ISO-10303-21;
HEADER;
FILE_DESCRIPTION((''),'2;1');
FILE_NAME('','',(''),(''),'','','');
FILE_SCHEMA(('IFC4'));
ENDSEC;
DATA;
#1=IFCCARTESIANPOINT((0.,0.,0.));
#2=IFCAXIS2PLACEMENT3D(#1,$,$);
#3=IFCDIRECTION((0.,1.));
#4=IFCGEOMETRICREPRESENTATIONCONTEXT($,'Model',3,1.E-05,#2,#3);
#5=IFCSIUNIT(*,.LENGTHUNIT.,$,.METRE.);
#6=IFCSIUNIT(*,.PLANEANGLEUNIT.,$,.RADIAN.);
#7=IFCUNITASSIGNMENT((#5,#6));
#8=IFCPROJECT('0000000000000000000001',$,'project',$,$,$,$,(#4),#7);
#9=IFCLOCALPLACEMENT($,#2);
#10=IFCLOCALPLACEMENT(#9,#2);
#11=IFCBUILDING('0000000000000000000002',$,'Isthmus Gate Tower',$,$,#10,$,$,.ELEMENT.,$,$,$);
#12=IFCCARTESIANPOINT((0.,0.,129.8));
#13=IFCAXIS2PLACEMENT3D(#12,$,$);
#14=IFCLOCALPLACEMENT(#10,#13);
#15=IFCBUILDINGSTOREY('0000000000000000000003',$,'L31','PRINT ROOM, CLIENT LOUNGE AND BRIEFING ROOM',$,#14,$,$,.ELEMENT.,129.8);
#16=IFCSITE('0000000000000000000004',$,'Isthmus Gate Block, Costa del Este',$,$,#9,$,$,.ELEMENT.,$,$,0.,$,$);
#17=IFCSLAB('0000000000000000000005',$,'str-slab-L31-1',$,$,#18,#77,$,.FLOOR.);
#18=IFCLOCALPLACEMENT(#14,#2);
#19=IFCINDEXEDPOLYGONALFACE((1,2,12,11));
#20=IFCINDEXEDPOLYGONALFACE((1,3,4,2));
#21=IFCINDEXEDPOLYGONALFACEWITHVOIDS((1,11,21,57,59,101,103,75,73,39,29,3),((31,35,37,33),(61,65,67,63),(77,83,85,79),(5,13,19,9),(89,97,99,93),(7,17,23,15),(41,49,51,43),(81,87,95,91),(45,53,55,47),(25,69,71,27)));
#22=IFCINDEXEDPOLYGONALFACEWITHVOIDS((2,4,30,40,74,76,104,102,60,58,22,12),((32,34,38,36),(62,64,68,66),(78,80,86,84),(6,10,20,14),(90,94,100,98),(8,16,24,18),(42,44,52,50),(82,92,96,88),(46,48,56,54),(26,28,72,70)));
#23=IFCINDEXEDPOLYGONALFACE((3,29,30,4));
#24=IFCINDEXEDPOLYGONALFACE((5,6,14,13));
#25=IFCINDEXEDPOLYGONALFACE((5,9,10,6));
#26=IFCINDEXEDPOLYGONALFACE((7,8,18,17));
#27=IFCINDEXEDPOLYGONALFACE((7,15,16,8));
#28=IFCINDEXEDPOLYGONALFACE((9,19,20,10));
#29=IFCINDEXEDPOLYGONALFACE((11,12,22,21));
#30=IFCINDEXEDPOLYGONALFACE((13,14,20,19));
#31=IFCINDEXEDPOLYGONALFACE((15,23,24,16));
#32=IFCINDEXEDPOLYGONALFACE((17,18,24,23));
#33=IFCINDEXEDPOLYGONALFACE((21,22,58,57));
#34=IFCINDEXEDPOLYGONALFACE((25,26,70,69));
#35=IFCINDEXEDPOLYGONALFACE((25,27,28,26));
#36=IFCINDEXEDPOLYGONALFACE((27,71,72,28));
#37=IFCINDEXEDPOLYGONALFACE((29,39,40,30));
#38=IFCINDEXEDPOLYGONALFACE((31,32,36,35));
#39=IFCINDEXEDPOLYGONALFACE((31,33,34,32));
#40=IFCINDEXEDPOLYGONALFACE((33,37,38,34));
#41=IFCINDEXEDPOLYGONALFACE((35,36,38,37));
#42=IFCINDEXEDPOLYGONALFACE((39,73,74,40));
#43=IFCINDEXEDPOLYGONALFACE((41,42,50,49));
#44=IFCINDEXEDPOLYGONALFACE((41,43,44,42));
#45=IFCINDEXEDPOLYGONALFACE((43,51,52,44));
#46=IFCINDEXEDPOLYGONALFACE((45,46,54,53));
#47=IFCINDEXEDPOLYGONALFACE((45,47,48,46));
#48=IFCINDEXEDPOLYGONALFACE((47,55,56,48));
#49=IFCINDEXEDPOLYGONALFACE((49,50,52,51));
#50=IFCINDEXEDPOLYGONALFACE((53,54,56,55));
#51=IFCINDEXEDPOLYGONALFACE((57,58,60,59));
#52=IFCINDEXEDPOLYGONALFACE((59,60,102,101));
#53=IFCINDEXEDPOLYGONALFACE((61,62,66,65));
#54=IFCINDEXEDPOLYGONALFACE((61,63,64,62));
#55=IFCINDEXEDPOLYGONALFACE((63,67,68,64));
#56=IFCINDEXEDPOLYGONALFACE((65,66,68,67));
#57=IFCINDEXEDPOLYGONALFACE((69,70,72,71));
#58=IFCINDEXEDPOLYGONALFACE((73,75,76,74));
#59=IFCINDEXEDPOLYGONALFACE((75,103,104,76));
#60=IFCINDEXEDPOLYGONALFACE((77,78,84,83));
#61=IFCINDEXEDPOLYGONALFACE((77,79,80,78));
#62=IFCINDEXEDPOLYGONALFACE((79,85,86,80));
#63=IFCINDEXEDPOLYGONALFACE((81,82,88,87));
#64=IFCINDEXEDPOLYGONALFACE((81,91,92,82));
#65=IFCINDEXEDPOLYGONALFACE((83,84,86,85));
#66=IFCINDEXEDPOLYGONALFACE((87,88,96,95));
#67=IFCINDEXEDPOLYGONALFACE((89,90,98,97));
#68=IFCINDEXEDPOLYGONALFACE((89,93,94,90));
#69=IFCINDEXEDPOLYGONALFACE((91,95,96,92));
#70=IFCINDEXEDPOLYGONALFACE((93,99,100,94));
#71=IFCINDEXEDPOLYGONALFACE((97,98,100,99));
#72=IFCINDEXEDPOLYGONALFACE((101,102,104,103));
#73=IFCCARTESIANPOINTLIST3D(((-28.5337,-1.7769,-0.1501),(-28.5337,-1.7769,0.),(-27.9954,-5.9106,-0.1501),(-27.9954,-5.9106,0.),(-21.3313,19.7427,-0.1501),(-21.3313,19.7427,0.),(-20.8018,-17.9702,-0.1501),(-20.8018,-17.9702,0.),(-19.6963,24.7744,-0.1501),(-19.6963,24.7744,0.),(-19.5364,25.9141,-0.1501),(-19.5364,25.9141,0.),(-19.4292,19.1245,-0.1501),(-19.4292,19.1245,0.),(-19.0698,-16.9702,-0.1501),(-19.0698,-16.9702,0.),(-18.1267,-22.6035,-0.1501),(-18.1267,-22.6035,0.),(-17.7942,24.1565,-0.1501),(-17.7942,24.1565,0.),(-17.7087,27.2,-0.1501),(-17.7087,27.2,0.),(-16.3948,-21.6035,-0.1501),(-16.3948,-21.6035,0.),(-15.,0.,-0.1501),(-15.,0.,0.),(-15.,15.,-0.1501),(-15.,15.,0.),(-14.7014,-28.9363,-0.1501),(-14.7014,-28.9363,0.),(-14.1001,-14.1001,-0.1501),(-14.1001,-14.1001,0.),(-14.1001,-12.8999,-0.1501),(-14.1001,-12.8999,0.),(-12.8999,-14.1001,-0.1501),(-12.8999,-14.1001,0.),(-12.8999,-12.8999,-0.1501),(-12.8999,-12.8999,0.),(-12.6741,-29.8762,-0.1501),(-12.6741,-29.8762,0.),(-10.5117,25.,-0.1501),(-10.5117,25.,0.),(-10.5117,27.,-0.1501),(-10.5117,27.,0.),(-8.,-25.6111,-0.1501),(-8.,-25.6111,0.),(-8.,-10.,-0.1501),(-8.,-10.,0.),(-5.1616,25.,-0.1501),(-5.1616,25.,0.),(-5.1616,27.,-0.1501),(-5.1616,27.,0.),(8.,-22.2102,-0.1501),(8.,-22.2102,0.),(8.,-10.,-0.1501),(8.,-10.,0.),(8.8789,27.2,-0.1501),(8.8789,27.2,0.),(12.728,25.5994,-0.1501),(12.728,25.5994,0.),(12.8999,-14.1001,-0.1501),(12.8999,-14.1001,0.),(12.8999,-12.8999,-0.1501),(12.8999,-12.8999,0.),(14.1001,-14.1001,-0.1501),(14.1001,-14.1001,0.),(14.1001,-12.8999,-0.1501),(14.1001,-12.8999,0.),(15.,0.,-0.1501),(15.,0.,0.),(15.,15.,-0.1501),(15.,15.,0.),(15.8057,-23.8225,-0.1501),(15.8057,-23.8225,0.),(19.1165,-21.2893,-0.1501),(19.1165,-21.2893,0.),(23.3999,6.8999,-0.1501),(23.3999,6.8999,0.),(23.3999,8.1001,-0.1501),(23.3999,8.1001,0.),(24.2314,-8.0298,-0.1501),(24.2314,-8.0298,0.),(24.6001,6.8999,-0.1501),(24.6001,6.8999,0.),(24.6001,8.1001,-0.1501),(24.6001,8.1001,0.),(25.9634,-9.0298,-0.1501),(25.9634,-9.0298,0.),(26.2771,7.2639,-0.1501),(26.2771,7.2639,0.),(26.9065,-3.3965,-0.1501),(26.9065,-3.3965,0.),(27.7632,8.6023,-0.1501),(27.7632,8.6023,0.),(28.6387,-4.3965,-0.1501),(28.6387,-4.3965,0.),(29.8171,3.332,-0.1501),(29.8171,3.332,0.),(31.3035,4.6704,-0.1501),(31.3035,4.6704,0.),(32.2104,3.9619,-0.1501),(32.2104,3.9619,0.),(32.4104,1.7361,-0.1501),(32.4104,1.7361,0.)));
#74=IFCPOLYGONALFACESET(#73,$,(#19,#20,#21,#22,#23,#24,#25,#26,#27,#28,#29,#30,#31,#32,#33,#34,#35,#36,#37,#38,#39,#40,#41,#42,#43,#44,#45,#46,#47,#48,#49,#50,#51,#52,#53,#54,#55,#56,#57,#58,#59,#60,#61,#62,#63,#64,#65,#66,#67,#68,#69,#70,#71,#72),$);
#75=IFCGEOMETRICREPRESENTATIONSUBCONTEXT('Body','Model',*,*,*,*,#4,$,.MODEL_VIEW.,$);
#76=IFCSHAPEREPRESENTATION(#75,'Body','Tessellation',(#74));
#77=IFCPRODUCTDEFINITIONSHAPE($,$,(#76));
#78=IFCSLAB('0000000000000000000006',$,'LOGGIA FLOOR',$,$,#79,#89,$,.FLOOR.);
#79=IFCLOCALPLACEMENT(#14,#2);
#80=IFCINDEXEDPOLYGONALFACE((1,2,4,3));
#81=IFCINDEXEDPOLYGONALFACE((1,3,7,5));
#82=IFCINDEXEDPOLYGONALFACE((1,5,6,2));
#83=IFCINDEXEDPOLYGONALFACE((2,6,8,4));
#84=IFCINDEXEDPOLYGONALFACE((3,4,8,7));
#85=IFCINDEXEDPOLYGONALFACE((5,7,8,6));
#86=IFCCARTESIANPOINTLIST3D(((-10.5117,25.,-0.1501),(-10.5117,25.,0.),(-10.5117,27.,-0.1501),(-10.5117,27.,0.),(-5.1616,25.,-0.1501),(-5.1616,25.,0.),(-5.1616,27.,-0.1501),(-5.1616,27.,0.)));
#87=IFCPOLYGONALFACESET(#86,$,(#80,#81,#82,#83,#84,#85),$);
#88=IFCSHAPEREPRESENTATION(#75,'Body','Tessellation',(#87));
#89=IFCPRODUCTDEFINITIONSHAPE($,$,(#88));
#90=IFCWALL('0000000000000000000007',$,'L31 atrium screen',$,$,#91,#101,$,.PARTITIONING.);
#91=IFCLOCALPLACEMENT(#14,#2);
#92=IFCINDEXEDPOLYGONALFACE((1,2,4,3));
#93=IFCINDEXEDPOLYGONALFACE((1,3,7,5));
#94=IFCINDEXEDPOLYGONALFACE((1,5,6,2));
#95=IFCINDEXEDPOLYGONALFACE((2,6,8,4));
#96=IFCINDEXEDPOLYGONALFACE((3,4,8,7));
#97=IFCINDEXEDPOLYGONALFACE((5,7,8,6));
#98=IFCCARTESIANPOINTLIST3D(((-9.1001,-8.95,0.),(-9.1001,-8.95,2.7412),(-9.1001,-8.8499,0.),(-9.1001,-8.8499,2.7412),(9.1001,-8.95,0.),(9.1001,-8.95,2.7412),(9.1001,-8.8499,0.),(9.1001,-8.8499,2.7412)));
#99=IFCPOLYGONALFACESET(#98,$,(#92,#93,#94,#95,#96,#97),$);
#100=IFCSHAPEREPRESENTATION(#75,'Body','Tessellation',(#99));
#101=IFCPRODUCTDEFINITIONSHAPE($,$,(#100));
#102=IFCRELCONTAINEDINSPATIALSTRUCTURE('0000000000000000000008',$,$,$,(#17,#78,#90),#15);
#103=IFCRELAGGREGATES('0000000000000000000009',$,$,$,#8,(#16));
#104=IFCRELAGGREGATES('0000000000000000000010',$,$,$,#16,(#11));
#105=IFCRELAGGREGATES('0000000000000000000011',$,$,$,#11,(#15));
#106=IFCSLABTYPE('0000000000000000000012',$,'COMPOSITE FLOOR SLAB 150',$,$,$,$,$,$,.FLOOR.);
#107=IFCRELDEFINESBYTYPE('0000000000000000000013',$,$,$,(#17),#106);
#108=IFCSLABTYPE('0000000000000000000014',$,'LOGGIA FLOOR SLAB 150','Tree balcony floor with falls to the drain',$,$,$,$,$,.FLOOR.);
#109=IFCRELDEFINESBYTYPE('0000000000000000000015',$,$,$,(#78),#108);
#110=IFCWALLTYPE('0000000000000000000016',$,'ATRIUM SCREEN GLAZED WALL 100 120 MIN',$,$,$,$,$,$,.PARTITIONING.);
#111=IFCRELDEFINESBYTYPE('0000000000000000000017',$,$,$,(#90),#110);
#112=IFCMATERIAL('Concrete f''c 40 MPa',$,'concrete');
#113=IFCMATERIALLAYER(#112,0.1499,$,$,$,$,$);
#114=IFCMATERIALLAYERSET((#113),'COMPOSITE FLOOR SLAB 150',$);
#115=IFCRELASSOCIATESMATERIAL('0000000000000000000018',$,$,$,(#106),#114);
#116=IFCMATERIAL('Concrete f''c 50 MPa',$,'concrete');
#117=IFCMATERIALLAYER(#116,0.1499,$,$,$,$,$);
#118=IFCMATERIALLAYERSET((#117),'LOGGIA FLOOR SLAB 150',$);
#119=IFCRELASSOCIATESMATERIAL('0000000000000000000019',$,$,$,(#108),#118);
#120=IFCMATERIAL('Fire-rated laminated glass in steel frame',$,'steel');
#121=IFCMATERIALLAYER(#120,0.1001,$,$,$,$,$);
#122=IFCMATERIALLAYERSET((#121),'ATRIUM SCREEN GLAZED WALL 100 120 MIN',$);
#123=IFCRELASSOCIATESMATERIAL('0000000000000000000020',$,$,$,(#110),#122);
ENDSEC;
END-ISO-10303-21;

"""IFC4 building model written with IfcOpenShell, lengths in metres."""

from ifc_helpers import new_model, si_unit, direction, frame, frame_2d, origin, place, context, subcontext, project, spatial, polyline, rectangle, outline, extrude, material, layer, layer_set, type_object, element, save


model = new_model("IFC4")

# Units and contexts
model_context = context("Model", 3, precision=1e-05, world=origin(), true_north=direction((0.0, 1.0)))
body_context = subcontext(model_context, "Body", "Model", "MODEL_VIEW")
ifc_project = project(units=[si_unit("LENGTHUNIT", "METRE"), si_unit("PLANEANGLEUNIT", "RADIAN")], contexts=[model_context])

# Site, building, storey
site_placement = place(None, origin())
site = spatial("IfcSite", under=ifc_project, at=site_placement, Name="Isthmus Gate Block, Costa del Este", CompositionType="ELEMENT", RefElevation=0.0)
building_placement = place(site_placement, origin())
building = spatial("IfcBuilding", under=site, at=building_placement, Name="Isthmus Gate Tower", CompositionType="ELEMENT")
storey_placement = place(building_placement, frame((0.0, 0.0, 129.8)))
storey = spatial("IfcBuildingStorey", under=building, at=storey_placement, Name="L31", Description="PRINT ROOM, CLIENT LOUNGE AND BRIEFING ROOM", CompositionType="ELEMENT", Elevation=129.8)

# Slabs
ifc_material_1 = material(Name="Concrete f'c 40 MPa", Category="concrete")
ifc_layer_1 = layer(ifc_material_1, 0.1499)
ifc_layer_set_1 = layer_set([ifc_layer_1], Name="COMPOSITE FLOOR SLAB 150")
slab_type_1 = type_object("IfcSlabType", Name="COMPOSITE FLOOR SLAB 150", PredefinedType="FLOOR", material=ifc_layer_set_1)
slab_1_placement = place(storey_placement, frame((0.0, 0.0, -0.1501)))
element("IfcSlab", 1, at=slab_1_placement, inside=storey, type_object=slab_type_1, Name="str-slab-L31-1", PredefinedType="FLOOR", context=body_context, shape_type="SweptSolid", body=[
    extrude(outline(polyline([(12.728, 25.5994), (32.2104, 3.9619), (32.4104, 1.7361), (19.1165, -21.2893), (15.8057, -23.8225), (-12.6741, -29.8762), (-14.7014, -28.9363), (-27.9954, -5.9106), (-28.5337, -1.7769), (-19.5364, 25.9141), (-17.7087, 27.2), (8.8789, 27.2), (12.728, 25.5994)]), holes=[polyline([(-16.3948, -21.6035), (-19.0698, -16.9702), (-20.8018, -17.9702), (-18.1267, -22.6035), (-16.3948, -21.6035)]), polyline([(8.0, -10.0), (-8.0, -10.0), (-8.0, -25.6111), (8.0, -22.2102), (8.0, -10.0)]), polyline([(-12.8999, -12.8999), (-14.1001, -12.8999), (-14.1001, -14.1001), (-12.8999, -14.1001), (-12.8999, -12.8999)]), polyline([(12.8999, -14.1001), (14.1001, -14.1001), (14.1001, -12.8999), (12.8999, -12.8999), (12.8999, -14.1001)]), polyline([(28.6387, -4.3965), (26.9065, -3.3965), (24.2314, -8.0298), (25.9634, -9.0298), (28.6387, -4.3965)]), polyline([(26.2771, 7.2639), (29.8171, 3.332), (31.3035, 4.6704), (27.7632, 8.6023), (26.2771, 7.2639)]), polyline([(-15.0, 15.0), (-15.0, 0.0), (15.0, 0.0), (15.0, 15.0), (-15.0, 15.0)]), polyline([(24.6001, 6.8999), (24.6001, 8.1001), (23.3999, 8.1001), (23.3999, 6.8999), (24.6001, 6.8999)]), polyline([(-21.3313, 19.7427), (-19.4292, 19.1245), (-17.7942, 24.1565), (-19.6963, 24.7744), (-21.3313, 19.7427)]), polyline([(-10.5117, 27.0), (-10.5117, 25.0), (-5.1616, 25.0), (-5.1616, 27.0), (-10.5117, 27.0)])]), origin(), (0.0, 0.0, 1.0), 0.1501),
])
ifc_material_2 = material(Name="Concrete f'c 50 MPa", Category="concrete")
ifc_layer_2 = layer(ifc_material_2, 0.1499)
ifc_layer_set_2 = layer_set([ifc_layer_2], Name="LOGGIA FLOOR SLAB 150")
slab_type_2 = type_object("IfcSlabType", Name="LOGGIA FLOOR SLAB 150", Description="Tree balcony floor with falls to the drain", PredefinedType="FLOOR", material=ifc_layer_set_2)
slab_2_placement = place(storey_placement, frame((0.0, 0.0, -0.1501)))
element("IfcSlab", 2, at=slab_2_placement, inside=storey, type_object=slab_type_2, Name="LOGGIA FLOOR", PredefinedType="FLOOR", context=body_context, shape_type="SweptSolid", body=[
    extrude(outline(polyline([(-5.1616, 27.0), (-10.5117, 27.0), (-10.5117, 25.0), (-5.1616, 25.0), (-5.1616, 27.0)])), origin(), (0.0, 0.0, 1.0), 0.1501),
])

# Wall
ifc_material_3 = material(Name="Fire-rated laminated glass in steel frame", Category="steel")
ifc_layer_3 = layer(ifc_material_3, 0.1001)
ifc_layer_set_3 = layer_set([ifc_layer_3], Name="ATRIUM SCREEN GLAZED WALL 100 120 MIN")
wall_type = type_object("IfcWallType", Name="ATRIUM SCREEN GLAZED WALL 100 120 MIN", PredefinedType="PARTITIONING", material=ifc_layer_set_3)
wall_placement = place(storey_placement, frame((-9.1001, -8.8999, 0.0), z_axis=(0.0, 0.0, 1.0), x_axis=(1.0, 0.0, 0.0)))
element("IfcWall", 3, at=wall_placement, inside=storey, type_object=wall_type, Name="L31 atrium screen", PredefinedType="PARTITIONING", context=body_context, shape_type="SweptSolid", body=[
    extrude(rectangle(XDim=18.2002, YDim=0.1001, at=frame_2d((9.1001, 0.0))), origin(), (0.0, 0.0, 1.0), 2.7412),
])

save(model, "model.ifc")
